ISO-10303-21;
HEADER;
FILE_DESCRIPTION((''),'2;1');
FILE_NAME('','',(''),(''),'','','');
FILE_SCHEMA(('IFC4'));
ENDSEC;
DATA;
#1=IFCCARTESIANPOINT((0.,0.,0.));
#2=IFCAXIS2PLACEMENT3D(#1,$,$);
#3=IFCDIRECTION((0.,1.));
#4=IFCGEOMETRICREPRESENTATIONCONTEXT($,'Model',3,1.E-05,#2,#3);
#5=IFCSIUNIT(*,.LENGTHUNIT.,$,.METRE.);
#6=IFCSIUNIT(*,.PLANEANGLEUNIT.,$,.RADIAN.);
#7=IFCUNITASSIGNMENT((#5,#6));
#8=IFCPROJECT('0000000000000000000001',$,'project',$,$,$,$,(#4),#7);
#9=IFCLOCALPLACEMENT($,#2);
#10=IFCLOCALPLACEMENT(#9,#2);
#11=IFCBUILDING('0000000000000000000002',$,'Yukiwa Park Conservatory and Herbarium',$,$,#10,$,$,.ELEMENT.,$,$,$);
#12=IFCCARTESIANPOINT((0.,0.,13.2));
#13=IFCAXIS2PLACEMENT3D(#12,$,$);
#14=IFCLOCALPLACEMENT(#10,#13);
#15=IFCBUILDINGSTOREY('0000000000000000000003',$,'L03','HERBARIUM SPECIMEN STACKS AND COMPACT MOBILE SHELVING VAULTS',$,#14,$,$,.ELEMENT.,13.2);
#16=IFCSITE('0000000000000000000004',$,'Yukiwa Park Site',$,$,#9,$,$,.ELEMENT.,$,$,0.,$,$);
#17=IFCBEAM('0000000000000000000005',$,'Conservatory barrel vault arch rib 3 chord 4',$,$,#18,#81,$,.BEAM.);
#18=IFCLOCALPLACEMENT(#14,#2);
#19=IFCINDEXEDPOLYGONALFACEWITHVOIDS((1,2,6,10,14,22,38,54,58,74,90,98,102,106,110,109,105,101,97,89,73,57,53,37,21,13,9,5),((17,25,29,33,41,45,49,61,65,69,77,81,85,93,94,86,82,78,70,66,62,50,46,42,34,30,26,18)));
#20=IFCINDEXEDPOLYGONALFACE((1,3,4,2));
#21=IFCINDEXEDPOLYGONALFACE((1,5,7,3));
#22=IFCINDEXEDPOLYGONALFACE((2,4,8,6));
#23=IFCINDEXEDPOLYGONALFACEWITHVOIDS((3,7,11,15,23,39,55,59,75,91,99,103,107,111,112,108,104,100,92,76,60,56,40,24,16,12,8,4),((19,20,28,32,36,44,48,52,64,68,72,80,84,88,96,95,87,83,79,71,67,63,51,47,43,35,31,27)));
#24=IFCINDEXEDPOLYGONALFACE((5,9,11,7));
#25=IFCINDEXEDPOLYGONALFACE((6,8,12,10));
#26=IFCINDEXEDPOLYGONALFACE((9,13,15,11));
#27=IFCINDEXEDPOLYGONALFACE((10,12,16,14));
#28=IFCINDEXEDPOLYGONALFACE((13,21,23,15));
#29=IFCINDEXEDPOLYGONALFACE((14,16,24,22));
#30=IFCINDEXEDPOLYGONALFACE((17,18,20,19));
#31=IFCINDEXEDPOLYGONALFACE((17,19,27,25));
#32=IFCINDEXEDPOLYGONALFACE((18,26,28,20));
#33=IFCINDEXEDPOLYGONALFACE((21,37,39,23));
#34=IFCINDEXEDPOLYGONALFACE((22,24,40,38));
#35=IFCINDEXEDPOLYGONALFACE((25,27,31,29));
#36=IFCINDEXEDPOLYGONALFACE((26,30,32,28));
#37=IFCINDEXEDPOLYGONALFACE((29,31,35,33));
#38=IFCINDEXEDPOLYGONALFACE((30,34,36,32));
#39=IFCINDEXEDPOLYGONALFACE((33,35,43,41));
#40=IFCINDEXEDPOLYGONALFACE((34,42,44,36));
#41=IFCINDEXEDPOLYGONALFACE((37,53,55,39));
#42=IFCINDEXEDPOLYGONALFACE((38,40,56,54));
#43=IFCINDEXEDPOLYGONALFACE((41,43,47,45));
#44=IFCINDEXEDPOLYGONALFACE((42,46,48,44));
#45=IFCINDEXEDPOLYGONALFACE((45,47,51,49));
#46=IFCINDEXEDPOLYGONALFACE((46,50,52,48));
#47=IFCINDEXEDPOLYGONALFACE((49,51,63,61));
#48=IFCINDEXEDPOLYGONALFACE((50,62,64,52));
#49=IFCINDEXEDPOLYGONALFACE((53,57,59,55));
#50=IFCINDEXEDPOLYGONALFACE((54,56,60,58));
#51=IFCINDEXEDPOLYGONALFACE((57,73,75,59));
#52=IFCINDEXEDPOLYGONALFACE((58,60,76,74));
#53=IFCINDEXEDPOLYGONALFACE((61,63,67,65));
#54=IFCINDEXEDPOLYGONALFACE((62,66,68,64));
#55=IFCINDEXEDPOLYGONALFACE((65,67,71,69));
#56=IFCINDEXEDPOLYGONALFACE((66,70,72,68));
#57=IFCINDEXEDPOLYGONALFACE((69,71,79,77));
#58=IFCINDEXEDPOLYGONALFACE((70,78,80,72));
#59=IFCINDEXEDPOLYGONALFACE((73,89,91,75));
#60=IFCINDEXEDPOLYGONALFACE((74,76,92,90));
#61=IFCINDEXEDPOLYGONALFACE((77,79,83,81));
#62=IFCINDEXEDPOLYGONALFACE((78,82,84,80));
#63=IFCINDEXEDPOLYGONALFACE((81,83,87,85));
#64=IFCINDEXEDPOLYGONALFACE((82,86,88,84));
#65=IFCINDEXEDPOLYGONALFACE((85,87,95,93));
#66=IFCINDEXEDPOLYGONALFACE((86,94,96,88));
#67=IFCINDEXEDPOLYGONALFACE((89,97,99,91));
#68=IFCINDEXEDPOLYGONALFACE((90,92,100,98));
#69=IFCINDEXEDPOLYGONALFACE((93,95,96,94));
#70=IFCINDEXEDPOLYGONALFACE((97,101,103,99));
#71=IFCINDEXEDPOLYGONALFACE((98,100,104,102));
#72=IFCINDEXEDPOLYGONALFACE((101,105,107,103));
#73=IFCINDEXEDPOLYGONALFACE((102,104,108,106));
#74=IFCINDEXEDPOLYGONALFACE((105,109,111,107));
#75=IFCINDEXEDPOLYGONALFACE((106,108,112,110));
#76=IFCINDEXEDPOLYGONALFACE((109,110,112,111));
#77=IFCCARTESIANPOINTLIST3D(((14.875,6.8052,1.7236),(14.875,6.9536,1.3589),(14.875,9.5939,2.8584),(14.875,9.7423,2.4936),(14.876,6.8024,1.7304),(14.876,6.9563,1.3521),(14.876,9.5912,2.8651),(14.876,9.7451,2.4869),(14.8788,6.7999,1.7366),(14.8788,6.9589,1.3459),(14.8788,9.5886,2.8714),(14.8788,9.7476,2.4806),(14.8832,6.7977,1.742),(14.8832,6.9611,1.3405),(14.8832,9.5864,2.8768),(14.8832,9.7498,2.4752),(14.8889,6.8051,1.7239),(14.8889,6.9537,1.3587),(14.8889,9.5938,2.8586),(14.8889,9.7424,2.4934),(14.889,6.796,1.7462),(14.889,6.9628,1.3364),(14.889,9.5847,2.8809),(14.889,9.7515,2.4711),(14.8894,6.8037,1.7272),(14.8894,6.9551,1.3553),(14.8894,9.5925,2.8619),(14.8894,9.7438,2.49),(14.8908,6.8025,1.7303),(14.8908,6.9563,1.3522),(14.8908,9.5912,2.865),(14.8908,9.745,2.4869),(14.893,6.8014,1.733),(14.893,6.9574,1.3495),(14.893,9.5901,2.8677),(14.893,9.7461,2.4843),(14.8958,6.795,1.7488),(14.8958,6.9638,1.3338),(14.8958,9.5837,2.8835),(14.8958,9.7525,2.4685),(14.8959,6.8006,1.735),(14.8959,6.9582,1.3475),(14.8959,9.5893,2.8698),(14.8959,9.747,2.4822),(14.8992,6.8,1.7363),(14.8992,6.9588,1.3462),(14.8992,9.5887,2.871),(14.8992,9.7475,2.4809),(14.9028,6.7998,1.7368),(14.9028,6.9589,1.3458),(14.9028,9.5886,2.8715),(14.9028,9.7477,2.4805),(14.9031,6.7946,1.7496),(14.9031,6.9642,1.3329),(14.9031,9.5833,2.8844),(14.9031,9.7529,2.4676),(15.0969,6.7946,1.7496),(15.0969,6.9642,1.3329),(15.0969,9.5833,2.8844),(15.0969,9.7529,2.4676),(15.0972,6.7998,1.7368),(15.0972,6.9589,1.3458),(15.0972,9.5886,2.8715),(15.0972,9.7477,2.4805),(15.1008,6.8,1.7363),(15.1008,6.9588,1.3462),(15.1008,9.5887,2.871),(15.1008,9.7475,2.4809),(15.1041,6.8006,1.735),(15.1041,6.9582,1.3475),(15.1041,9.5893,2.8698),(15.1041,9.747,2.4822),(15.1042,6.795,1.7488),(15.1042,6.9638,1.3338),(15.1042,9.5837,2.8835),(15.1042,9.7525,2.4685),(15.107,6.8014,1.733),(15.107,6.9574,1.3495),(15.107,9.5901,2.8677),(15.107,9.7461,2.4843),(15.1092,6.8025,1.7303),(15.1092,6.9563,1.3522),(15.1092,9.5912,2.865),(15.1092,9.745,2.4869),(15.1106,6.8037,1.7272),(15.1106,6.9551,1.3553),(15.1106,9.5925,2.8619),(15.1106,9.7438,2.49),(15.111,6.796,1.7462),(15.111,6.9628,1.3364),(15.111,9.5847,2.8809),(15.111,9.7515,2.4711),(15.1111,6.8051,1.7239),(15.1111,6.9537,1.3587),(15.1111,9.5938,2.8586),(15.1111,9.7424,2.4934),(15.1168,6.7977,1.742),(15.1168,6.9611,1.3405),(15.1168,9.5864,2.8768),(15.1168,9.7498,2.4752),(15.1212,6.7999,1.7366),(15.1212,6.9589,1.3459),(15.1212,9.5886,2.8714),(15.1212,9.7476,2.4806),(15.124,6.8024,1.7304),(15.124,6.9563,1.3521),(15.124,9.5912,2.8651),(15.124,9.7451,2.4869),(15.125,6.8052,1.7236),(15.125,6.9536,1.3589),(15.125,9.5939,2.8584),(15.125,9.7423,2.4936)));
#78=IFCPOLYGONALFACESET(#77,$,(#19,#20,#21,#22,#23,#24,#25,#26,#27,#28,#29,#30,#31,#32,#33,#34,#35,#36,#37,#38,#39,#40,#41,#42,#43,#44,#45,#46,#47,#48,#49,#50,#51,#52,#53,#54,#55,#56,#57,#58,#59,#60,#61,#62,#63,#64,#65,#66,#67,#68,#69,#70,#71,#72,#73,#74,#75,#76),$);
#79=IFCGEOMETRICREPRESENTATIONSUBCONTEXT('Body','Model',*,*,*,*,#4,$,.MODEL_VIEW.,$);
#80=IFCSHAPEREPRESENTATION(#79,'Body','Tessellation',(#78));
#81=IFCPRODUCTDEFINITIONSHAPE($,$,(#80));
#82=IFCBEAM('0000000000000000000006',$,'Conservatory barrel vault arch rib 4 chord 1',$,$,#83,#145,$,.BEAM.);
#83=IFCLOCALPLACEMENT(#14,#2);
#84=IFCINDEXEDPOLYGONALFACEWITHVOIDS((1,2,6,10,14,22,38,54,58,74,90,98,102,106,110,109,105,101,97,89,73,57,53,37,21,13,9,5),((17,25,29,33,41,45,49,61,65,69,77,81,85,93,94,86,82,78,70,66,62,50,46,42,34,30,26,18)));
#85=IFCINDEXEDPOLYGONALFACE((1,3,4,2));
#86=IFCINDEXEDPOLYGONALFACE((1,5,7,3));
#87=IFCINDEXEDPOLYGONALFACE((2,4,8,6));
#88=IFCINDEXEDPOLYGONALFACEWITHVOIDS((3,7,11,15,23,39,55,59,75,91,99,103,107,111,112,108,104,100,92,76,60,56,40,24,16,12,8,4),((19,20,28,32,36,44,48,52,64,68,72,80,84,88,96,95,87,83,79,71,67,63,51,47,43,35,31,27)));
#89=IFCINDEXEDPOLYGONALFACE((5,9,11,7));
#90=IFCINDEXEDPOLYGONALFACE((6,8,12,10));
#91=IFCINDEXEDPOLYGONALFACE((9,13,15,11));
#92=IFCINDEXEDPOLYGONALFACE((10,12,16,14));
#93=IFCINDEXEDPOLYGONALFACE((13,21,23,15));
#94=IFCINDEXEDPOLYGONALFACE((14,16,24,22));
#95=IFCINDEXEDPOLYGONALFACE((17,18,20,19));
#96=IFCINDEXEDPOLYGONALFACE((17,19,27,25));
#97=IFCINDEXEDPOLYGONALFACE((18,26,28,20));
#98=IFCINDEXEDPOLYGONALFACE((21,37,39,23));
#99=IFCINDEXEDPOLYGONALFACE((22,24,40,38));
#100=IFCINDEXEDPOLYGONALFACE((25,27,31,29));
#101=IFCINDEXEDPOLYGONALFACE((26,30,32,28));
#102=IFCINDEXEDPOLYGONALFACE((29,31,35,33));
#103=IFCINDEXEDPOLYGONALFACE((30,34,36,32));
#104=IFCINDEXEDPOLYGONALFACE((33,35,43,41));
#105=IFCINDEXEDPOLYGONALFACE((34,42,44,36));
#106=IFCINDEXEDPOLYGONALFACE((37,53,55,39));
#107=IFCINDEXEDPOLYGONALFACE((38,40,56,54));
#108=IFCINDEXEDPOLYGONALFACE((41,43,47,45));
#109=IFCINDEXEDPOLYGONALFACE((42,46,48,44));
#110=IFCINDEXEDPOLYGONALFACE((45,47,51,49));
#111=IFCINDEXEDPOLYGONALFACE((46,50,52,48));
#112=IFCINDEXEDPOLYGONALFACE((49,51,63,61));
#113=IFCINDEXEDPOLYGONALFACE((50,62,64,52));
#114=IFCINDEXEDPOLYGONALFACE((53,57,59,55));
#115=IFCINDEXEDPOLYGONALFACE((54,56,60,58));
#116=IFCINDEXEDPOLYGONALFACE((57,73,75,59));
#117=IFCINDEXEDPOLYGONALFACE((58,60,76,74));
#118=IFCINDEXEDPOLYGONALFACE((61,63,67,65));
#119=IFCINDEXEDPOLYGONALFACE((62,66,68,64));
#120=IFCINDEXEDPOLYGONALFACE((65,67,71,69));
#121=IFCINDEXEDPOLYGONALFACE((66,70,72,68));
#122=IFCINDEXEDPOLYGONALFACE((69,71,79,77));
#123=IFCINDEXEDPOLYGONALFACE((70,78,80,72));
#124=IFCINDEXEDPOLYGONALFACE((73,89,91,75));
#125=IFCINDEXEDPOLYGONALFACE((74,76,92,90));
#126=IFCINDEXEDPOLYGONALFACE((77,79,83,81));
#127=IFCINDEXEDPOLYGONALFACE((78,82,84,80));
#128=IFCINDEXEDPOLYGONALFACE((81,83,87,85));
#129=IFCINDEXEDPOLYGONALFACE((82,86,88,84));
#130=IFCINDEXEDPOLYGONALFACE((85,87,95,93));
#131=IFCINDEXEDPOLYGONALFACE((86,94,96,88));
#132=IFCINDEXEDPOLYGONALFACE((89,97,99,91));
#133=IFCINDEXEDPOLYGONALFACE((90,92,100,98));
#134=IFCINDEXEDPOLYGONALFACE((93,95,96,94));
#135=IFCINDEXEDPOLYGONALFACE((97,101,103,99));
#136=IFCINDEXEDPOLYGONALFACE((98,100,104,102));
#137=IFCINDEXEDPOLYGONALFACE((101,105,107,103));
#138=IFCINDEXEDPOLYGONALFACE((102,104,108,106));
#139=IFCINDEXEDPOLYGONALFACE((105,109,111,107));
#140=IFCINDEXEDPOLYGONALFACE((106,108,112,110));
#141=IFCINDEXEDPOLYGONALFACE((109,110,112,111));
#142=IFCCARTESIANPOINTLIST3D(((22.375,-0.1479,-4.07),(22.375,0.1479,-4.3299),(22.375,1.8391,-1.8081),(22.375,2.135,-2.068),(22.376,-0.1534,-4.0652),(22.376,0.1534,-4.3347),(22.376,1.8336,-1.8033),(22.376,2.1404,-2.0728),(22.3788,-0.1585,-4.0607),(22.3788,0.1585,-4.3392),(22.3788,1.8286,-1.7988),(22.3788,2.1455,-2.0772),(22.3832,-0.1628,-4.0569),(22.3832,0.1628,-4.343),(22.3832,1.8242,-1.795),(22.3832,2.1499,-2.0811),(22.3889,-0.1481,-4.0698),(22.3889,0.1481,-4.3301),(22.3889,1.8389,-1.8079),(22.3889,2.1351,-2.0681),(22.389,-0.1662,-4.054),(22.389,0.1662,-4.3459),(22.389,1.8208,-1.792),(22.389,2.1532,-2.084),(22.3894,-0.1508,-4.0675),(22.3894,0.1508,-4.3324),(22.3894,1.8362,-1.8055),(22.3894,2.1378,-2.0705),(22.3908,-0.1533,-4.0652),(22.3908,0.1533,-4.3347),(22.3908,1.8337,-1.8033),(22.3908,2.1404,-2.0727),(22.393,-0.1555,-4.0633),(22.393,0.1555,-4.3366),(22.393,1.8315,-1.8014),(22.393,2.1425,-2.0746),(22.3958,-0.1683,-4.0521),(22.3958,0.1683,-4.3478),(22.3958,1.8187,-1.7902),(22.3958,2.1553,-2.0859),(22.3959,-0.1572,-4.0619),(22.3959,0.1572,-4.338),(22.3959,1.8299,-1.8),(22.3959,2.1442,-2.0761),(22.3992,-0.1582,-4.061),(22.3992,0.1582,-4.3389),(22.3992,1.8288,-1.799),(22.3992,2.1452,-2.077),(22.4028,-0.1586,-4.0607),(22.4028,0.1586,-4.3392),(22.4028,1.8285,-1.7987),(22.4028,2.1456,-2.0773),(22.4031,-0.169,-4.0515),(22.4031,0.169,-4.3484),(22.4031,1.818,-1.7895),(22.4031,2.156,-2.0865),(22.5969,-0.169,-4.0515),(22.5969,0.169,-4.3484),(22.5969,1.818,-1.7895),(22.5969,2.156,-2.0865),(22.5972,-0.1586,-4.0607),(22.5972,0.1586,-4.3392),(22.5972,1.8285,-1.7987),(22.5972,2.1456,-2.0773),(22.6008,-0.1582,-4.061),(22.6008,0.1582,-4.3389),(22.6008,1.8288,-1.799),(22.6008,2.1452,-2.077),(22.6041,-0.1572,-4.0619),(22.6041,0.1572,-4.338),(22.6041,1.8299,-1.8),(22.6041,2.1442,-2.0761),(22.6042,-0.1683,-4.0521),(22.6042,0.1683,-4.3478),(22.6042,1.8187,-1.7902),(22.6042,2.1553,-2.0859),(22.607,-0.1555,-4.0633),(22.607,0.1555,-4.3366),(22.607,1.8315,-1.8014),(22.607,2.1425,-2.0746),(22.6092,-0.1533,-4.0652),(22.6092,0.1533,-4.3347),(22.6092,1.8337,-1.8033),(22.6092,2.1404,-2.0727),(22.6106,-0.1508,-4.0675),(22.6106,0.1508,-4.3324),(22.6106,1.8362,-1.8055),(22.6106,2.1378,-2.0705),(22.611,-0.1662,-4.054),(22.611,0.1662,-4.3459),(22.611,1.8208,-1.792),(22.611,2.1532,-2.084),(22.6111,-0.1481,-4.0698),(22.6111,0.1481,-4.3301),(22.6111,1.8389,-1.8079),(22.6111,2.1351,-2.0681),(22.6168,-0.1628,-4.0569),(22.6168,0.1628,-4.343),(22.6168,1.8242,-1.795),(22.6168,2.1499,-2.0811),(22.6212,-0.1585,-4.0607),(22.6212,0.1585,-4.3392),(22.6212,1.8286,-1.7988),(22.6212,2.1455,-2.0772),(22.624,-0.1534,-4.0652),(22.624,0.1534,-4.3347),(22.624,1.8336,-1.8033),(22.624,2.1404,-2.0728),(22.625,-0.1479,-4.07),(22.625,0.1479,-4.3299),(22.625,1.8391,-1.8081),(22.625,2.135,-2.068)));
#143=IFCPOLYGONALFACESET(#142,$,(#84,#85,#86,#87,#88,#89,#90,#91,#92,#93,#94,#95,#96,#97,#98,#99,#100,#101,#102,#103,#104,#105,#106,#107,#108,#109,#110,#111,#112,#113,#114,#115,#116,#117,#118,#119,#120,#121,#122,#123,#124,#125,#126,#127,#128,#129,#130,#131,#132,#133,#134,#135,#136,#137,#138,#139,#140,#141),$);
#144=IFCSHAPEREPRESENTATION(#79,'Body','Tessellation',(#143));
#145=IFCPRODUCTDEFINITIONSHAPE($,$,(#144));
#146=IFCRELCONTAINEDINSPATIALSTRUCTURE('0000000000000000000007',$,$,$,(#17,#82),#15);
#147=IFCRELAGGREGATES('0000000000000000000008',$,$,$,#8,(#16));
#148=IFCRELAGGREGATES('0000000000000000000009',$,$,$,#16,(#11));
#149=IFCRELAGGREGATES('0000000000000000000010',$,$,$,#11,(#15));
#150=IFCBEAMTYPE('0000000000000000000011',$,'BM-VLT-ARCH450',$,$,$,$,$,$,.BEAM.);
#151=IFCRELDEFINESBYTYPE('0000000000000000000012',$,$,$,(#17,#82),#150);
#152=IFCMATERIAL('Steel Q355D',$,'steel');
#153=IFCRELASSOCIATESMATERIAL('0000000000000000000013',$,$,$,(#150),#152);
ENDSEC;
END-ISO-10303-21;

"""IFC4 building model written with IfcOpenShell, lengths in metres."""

from ifc_helpers import new_model, si_unit, direction, frame, origin, origin_2d, place, context, subcontext, project, spatial, hollow_rectangle, extrude, material, material_profile, profile_set, type_object, element, save


model = new_model("IFC4")

# Units and contexts
model_context = context("Model", 3, precision=1e-05, world=origin(), true_north=direction((0.0, 1.0)))
body_context = subcontext(model_context, "Body", "Model", "MODEL_VIEW")
ifc_project = project(units=[si_unit("LENGTHUNIT", "METRE"), si_unit("PLANEANGLEUNIT", "RADIAN")], contexts=[model_context])

# Site, building, storey
site_placement = place(None, origin())
site = spatial("IfcSite", under=ifc_project, at=site_placement, Name="Yukiwa Park Site", CompositionType="ELEMENT", RefElevation=0.0)
building_placement = place(site_placement, origin())
building = spatial("IfcBuilding", under=site, at=building_placement, Name="Yukiwa Park Conservatory and Herbarium", CompositionType="ELEMENT")
storey_placement = place(building_placement, frame((0.0, 0.0, 13.2)))
storey = spatial("IfcBuildingStorey", under=building, at=storey_placement, Name="L03", Description="HERBARIUM SPECIMEN STACKS AND COMPACT MOBILE SHELVING VAULTS", CompositionType="ELEMENT", Elevation=13.2)

# Beams
ifc_material_1 = material(Name="Steel Q355D", Category="steel")
ifc_material_profile_1 = material_profile(ifc_material_1, hollow_rectangle(XDim=0.25, YDim=0.45, WallThickness=0.0139, InnerFilletRadius=0.0139, OuterFilletRadius=0.0281, at=origin_2d()), Name="RHS 450x250x14")
ifc_profile_set_1 = profile_set([ifc_material_profile_1], Name="Steel Q355D")
beam_type = type_object("IfcBeamType", Name="BM-VLT-ARCH450", PredefinedType="BEAM", material=ifc_profile_set_1)
for number, where, z_axis, x_axis, name in (
    (1, (15.0, 6.8794, 1.5413), (0.0, 0.926257, 0.376892), (-1.0, 0.0, 0.0), "Conservatory barrel vault arch rib 3 chord 4"),
    (2, (22.5, 0.0, -4.2), (0.0, 0.659979, 0.751284), (-1.0, 0.0, 0.0), "Conservatory barrel vault arch rib 4 chord 1"),
):
    element("IfcBeam", number, at=place(storey_placement, frame(where, z_axis=z_axis, x_axis=x_axis)), inside=storey, type_object=beam_type, Name=name, PredefinedType="BEAM", context=body_context, shape_type="SweptSolid", body=[
        extrude(hollow_rectangle(XDim=0.25, YDim=0.45, WallThickness=0.0139, InnerFilletRadius=0.0139, OuterFilletRadius=0.0281, at=origin_2d()), origin(), (0.0, 0.0, 1.0), 3.0107),
    ])

save(model, "model.ifc")
